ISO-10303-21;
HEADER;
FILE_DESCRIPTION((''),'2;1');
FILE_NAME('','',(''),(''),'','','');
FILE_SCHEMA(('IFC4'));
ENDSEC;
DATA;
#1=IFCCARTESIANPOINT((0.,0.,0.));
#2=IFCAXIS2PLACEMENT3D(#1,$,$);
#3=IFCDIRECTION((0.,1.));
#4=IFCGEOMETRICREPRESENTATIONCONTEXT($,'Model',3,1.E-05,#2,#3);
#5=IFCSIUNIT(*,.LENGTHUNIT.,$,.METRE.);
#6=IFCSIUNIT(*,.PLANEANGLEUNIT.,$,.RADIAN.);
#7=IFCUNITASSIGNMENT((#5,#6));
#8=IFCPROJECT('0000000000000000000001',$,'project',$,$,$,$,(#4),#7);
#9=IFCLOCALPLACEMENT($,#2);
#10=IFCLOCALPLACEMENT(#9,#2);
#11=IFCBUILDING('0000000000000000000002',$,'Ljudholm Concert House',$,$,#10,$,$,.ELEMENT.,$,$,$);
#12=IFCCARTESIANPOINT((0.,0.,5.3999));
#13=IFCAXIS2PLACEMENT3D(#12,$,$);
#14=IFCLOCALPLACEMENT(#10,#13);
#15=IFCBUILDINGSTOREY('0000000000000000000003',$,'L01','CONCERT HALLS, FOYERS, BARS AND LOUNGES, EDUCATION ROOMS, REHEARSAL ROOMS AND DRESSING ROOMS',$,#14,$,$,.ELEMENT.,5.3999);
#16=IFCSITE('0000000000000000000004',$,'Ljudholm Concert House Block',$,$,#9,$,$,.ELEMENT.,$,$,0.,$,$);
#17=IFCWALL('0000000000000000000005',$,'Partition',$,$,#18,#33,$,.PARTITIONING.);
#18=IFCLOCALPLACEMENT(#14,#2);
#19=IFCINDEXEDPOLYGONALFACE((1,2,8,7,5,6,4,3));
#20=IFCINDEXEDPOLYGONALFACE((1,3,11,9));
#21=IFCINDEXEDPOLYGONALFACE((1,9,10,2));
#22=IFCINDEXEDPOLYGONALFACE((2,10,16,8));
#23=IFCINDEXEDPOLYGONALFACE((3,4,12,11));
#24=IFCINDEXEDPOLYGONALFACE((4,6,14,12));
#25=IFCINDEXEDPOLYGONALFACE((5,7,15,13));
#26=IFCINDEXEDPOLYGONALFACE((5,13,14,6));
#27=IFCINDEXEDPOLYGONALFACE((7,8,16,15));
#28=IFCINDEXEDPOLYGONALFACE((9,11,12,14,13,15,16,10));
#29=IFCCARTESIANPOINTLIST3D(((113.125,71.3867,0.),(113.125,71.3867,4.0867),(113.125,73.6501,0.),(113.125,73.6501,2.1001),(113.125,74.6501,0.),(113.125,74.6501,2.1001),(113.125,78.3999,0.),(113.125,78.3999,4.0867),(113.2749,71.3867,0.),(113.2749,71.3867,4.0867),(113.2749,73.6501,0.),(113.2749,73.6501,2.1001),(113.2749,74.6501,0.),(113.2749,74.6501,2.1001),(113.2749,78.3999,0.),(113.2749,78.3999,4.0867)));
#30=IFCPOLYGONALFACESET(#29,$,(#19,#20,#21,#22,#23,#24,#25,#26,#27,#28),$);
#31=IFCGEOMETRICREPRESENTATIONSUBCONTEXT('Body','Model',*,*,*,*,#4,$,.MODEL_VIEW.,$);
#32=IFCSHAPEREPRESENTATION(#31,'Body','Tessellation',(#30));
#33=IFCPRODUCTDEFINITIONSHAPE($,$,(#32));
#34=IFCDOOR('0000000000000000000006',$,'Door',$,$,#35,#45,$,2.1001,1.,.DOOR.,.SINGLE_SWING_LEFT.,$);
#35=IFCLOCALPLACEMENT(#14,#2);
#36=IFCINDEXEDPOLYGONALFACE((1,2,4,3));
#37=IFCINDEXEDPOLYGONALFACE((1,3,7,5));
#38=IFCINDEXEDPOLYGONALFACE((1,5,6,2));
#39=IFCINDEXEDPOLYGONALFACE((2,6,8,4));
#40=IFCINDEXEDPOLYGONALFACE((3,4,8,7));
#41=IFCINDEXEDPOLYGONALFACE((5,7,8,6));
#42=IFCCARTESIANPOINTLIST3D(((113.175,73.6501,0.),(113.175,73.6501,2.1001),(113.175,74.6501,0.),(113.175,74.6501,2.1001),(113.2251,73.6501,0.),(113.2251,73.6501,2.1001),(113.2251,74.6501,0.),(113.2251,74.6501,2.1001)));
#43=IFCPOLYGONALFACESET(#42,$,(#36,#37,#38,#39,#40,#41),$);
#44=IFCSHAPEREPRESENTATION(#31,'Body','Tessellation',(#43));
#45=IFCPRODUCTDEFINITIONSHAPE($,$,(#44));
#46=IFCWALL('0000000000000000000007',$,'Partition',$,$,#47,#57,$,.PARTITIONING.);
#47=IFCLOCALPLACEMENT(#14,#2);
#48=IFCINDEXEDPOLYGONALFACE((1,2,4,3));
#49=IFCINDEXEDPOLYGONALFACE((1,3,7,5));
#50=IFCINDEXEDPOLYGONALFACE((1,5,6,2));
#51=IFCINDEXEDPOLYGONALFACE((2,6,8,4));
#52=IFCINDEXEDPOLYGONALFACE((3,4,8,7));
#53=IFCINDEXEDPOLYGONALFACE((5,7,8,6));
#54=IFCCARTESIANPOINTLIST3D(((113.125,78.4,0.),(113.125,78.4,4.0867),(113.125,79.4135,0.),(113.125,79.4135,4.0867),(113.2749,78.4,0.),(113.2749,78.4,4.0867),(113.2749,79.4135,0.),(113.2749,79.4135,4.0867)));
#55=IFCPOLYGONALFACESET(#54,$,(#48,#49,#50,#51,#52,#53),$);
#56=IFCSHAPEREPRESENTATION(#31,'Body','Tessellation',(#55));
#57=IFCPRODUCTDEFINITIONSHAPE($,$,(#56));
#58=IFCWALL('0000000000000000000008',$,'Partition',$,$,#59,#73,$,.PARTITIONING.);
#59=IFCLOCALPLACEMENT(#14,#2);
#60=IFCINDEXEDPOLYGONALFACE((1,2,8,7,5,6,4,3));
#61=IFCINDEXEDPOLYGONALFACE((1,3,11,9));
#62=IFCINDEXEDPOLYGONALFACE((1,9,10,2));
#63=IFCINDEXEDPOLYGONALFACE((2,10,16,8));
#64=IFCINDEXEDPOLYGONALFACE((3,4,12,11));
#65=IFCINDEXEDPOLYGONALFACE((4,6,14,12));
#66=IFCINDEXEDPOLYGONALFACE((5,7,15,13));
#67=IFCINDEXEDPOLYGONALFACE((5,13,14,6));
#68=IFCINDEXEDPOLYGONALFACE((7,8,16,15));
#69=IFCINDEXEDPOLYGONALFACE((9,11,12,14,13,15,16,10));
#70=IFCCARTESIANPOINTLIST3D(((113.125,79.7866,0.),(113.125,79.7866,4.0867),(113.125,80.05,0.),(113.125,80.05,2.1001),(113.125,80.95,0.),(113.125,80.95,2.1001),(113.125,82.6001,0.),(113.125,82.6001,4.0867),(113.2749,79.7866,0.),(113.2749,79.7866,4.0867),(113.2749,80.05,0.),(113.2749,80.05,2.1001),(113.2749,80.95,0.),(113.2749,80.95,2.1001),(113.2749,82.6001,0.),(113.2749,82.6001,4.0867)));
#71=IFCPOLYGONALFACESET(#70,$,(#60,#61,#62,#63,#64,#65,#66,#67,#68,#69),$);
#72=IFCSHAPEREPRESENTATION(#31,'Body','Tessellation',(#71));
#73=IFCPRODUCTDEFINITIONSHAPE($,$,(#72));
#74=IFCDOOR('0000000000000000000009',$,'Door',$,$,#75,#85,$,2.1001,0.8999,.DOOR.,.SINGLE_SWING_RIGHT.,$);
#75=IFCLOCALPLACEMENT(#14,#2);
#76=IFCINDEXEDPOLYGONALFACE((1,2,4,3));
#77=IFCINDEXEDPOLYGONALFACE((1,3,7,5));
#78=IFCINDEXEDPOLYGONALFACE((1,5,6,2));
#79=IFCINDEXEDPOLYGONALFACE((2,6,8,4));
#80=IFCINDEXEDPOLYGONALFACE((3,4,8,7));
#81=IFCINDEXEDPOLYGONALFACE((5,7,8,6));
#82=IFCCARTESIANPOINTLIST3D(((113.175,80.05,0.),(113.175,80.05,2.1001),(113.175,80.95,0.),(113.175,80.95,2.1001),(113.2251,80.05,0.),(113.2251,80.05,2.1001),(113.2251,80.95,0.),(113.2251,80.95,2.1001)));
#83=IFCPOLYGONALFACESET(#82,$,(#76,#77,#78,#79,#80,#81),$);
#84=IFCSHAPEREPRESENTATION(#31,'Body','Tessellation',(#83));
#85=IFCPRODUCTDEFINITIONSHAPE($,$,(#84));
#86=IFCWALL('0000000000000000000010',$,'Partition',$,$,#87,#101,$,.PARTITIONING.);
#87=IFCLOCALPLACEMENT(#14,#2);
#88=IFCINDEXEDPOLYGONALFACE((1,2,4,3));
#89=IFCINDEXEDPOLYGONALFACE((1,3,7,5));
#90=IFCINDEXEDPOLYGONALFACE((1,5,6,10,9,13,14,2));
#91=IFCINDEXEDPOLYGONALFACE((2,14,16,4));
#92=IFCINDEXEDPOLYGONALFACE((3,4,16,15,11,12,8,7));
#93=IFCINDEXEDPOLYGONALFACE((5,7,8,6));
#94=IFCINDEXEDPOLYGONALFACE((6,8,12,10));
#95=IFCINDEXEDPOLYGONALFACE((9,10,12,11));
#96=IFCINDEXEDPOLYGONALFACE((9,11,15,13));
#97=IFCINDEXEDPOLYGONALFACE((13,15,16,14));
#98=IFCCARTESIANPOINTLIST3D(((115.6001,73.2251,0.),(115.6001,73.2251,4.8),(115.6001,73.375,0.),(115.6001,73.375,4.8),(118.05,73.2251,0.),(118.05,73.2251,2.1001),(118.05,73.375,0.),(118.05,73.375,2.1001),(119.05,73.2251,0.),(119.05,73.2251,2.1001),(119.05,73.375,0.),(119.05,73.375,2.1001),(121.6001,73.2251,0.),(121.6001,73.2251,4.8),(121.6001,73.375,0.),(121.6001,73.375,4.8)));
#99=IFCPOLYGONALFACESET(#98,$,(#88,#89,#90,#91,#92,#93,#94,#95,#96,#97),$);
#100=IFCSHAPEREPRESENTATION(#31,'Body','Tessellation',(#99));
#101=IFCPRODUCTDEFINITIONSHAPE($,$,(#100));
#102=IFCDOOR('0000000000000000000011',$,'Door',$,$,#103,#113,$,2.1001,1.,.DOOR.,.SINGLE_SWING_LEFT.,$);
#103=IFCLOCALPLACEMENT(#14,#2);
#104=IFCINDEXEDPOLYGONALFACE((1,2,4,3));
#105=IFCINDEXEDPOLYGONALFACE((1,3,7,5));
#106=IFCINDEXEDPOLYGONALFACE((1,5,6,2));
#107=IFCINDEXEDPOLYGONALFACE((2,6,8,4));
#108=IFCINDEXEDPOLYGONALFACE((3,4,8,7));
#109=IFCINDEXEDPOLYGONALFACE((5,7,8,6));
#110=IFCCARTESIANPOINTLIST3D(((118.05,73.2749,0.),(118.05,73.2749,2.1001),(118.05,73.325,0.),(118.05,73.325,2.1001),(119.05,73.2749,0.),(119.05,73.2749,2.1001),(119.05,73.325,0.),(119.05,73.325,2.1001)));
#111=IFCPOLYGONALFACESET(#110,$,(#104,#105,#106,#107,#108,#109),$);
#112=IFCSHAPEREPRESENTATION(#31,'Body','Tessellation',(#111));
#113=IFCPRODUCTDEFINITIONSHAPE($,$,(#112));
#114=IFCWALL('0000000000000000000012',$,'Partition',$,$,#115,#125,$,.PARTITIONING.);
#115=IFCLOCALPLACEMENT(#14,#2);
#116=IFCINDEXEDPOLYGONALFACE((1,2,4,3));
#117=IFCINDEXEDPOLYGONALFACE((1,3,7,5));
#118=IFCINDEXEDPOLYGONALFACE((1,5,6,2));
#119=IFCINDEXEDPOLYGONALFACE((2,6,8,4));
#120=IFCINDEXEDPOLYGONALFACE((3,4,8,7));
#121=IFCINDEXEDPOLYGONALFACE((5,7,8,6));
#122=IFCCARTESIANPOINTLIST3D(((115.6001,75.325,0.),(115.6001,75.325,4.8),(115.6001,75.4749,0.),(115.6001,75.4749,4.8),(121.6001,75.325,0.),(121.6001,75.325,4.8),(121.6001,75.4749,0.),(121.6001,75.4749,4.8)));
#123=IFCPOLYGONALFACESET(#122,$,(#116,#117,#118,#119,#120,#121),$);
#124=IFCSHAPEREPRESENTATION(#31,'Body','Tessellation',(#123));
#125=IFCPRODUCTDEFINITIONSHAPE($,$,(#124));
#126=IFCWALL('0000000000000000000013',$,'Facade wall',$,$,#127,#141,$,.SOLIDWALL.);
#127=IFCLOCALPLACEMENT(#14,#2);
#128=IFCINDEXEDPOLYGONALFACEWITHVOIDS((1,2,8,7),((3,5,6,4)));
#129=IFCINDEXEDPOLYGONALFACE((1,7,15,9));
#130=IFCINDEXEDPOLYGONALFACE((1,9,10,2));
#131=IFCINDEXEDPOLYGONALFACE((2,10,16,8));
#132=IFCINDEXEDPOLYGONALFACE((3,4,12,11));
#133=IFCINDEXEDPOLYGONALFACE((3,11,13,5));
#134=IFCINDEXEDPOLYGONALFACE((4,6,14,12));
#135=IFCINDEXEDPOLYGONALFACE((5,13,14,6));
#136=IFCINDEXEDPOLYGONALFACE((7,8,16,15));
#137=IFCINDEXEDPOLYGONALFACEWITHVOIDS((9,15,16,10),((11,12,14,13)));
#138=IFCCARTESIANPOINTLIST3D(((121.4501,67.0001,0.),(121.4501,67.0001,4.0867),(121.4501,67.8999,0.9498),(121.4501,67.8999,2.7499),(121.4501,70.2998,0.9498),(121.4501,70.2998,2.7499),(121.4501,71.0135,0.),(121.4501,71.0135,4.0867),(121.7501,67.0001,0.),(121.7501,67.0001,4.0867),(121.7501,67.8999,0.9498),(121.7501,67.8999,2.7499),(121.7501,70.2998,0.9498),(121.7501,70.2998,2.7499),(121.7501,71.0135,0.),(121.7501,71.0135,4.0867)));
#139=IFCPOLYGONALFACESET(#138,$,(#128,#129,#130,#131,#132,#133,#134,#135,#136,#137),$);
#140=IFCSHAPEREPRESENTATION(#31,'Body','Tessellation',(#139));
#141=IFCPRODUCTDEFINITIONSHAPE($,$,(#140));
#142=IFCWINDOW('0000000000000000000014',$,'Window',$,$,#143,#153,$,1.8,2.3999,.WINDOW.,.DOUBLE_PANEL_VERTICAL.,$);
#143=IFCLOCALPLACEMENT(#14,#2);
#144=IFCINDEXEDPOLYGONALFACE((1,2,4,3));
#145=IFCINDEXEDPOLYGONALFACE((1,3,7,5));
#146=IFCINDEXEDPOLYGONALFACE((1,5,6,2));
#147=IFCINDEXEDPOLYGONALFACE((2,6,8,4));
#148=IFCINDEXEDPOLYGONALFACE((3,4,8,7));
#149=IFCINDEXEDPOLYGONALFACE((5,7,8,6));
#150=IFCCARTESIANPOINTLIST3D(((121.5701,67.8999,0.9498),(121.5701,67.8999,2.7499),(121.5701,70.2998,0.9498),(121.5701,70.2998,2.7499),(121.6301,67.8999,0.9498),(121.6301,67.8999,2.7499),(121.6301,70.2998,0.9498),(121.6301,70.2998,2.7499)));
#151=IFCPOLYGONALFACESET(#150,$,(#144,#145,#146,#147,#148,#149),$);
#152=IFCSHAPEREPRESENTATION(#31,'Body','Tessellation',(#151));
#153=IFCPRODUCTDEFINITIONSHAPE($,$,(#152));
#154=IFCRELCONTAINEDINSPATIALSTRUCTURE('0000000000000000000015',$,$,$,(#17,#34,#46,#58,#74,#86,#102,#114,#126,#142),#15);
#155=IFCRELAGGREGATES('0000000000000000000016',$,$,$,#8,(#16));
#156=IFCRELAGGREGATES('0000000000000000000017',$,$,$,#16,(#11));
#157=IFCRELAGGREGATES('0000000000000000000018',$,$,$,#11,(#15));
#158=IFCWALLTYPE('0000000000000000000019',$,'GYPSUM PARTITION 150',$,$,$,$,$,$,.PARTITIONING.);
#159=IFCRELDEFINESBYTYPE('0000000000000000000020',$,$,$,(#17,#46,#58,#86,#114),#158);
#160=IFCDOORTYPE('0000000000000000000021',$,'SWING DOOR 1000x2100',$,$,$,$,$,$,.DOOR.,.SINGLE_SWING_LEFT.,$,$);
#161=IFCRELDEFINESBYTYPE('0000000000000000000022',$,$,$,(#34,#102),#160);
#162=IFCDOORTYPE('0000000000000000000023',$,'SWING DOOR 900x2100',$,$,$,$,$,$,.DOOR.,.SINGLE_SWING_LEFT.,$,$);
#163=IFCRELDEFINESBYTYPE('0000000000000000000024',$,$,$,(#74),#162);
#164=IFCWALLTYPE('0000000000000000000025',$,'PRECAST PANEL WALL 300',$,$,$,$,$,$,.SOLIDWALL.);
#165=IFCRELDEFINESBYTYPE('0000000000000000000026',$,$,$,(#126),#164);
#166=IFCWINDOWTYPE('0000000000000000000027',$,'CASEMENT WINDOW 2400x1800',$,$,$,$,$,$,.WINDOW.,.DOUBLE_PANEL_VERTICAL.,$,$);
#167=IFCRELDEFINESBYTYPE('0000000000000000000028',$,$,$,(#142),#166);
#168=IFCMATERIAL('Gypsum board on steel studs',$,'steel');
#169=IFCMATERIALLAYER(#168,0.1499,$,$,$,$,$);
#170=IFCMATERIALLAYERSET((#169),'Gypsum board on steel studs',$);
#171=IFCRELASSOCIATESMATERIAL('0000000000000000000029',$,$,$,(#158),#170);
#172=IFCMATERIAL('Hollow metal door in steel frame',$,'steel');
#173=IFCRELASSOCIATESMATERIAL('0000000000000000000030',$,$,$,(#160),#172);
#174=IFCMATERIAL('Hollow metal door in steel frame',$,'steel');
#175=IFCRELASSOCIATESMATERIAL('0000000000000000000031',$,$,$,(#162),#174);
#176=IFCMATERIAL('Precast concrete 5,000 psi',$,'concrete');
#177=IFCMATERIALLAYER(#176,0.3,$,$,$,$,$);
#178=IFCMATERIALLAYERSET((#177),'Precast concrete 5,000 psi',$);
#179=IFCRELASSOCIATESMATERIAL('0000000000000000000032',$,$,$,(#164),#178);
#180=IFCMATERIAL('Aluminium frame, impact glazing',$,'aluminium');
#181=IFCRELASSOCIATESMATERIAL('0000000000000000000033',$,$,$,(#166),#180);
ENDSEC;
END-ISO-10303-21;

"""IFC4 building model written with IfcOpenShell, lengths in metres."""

from ifc_helpers import new_model, si_unit, direction, frame, frame_2d, origin, place, context, subcontext, project, spatial, rectangle, extrude, material, layer, layer_set, type_object, element, fill, save


model = new_model("IFC4")

# Units and contexts
model_context = context("Model", 3, precision=1e-05, world=origin(), true_north=direction((0.0, 1.0)))
body_context = subcontext(model_context, "Body", "Model", "MODEL_VIEW")
ifc_project = project(units=[si_unit("LENGTHUNIT", "METRE"), si_unit("PLANEANGLEUNIT", "RADIAN")], contexts=[model_context])

# Site, building, storey
site_placement = place(None, origin())
site = spatial("IfcSite", under=ifc_project, at=site_placement, Name="Ljudholm Concert House Block", CompositionType="ELEMENT", RefElevation=0.0)
building_placement = place(site_placement, origin())
building = spatial("IfcBuilding", under=site, at=building_placement, Name="Ljudholm Concert House", CompositionType="ELEMENT")
storey_placement = place(building_placement, frame((0.0, 0.0, 5.3999)))
storey = spatial("IfcBuildingStorey", under=building, at=storey_placement, Name="L01", Description="CONCERT HALLS, FOYERS, BARS AND LOUNGES, EDUCATION ROOMS, REHEARSAL ROOMS AND DRESSING ROOMS", CompositionType="ELEMENT", Elevation=5.3999)

# Wall, opening, door
ifc_material_1 = material(Name="Gypsum board on steel studs", Category="steel")
ifc_layer_1 = layer(ifc_material_1, 0.1499)
ifc_layer_set_1 = layer_set([ifc_layer_1], Name="Gypsum board on steel studs")
wall_type_1 = type_object("IfcWallType", Name="GYPSUM PARTITION 150", PredefinedType="PARTITIONING", material=ifc_layer_set_1)
wall_1_placement = place(storey_placement, frame((113.2, 71.3867, 0.0), z_axis=(0.0, 0.0, 1.0), x_axis=(0.0, 1.0, 0.0)))
wall_1 = element("IfcWall", 1, at=wall_1_placement, inside=storey, type_object=wall_type_1, Name="Partition", PredefinedType="PARTITIONING", context=body_context, shape_type="SweptSolid", body=[
    extrude(rectangle(XDim=7.0132, YDim=0.1499, at=frame_2d((3.5066, 0.0))), origin(), (0.0, 0.0, 1.0), 4.0867),
])
opening_1_placement = place(wall_1_placement, frame((2.2634, 0.0, 0.0)))
opening_1 = element("IfcOpeningElement", 2, at=opening_1_placement, cuts=wall_1, PredefinedType="OPENING", context=body_context, shape_type="SweptSolid", body=[
    extrude(rectangle(XDim=1.0, YDim=2.1001, at=frame_2d((0.5, 1.05))), frame((0.0, 0.085, 0.0), z_axis=(0.0, -1.0, 0.0), x_axis=(1.0, 0.0, 0.0)), (0.0, 0.0, 1.0), 0.1699),
])
ifc_material_2 = material(Name="Hollow metal door in steel frame", Category="steel")
door_type_1 = type_object("IfcDoorType", Name="SWING DOOR 1000x2100", OperationType="SINGLE_SWING_LEFT", PredefinedType="DOOR", material=ifc_material_2)
door_1_placement = place(opening_1_placement, origin())
door_1 = element("IfcDoor", 3, at=door_1_placement, inside=storey, type_object=door_type_1, Name="Door", OperationType="SINGLE_SWING_LEFT", OverallHeight=2.1001, OverallWidth=1.0, PredefinedType="DOOR", context=body_context, shape_type="SweptSolid", body=[
    extrude(rectangle(XDim=1.0, YDim=2.1001, at=frame_2d((0.5, 1.05))), frame((0.0, 0.0249, 0.0), z_axis=(0.0, -1.0, 0.0), x_axis=(1.0, 0.0, 0.0)), (0.0, 0.0, 1.0), 0.05),
])
fill(opening_1, door_1)

# Wall
wall_2_placement = place(storey_placement, frame((113.2, 78.3999, 0.0), z_axis=(0.0, 0.0, 1.0), x_axis=(0.0, 1.0, 0.0)))
element("IfcWall", 4, at=wall_2_placement, inside=storey, type_object=wall_type_1, Name="Partition", PredefinedType="PARTITIONING", context=body_context, shape_type="SweptSolid", body=[
    extrude(rectangle(XDim=1.0134, YDim=0.1499, at=frame_2d((0.5068, 0.0))), origin(), (0.0, 0.0, 1.0), 4.0867),
])

# Walls, openings, doors
wall_3_placement = place(storey_placement, frame((113.2, 79.7866, 0.0), z_axis=(0.0, 0.0, 1.0), x_axis=(0.0, 1.0, 0.0)))
wall_3 = element("IfcWall", 5, at=wall_3_placement, inside=storey, type_object=wall_type_1, Name="Partition", PredefinedType="PARTITIONING", context=body_context, shape_type="SweptSolid", body=[
    extrude(rectangle(XDim=2.8135, YDim=0.1499, at=frame_2d((1.4067, 0.0))), origin(), (0.0, 0.0, 1.0), 4.0867),
])
opening_2_placement = place(wall_3_placement, frame((0.2634, 0.0, 0.0)))
opening_2 = element("IfcOpeningElement", 6, at=opening_2_placement, cuts=wall_3, PredefinedType="OPENING", context=body_context, shape_type="SweptSolid", body=[
    extrude(rectangle(XDim=0.8999, YDim=2.1001, at=frame_2d((0.45, 1.05))), frame((0.0, 0.085, 0.0), z_axis=(0.0, -1.0, 0.0), x_axis=(1.0, 0.0, 0.0)), (0.0, 0.0, 1.0), 0.1699),
])
ifc_material_3 = material(Name="Hollow metal door in steel frame", Category="steel")
door_type_2 = type_object("IfcDoorType", Name="SWING DOOR 900x2100", OperationType="SINGLE_SWING_LEFT", PredefinedType="DOOR", material=ifc_material_3)
door_2_placement = place(opening_2_placement, origin())
door_2 = element("IfcDoor", 7, at=door_2_placement, inside=storey, type_object=door_type_2, Name="Door", OperationType="SINGLE_SWING_RIGHT", OverallHeight=2.1001, OverallWidth=0.8999, PredefinedType="DOOR", context=body_context, shape_type="SweptSolid", body=[
    extrude(rectangle(XDim=0.8999, YDim=2.1001, at=frame_2d((0.45, 1.05))), frame((0.0, 0.0249, 0.0), z_axis=(0.0, -1.0, 0.0), x_axis=(1.0, 0.0, 0.0)), (0.0, 0.0, 1.0), 0.05),
])
fill(opening_2, door_2)
wall_4_placement = place(storey_placement, frame((115.6001, 73.3, 0.0), z_axis=(0.0, 0.0, 1.0), x_axis=(1.0, 0.0, 0.0)))
wall_4 = element("IfcWall", 8, at=wall_4_placement, inside=storey, type_object=wall_type_1, Name="Partition", PredefinedType="PARTITIONING", context=body_context, shape_type="SweptSolid", body=[
    extrude(rectangle(XDim=6.0, YDim=0.1499, at=frame_2d((3.0, 0.0))), origin(), (0.0, 0.0, 1.0), 4.8),
])
opening_3_placement = place(wall_4_placement, frame((2.45, 0.0, 0.0)))
opening_3 = element("IfcOpeningElement", 9, at=opening_3_placement, cuts=wall_4, PredefinedType="OPENING", context=body_context, shape_type="SweptSolid", body=[
    extrude(rectangle(XDim=1.0, YDim=2.1001, at=frame_2d((0.5, 1.05))), frame((0.0, 0.085, 0.0), z_axis=(0.0, -1.0, 0.0), x_axis=(1.0, 0.0, 0.0)), (0.0, 0.0, 1.0), 0.1699),
])
door_3_placement = place(opening_3_placement, origin())
door_3 = element("IfcDoor", 10, at=door_3_placement, inside=storey, type_object=door_type_1, Name="Door", OperationType="SINGLE_SWING_LEFT", OverallHeight=2.1001, OverallWidth=1.0, PredefinedType="DOOR", context=body_context, shape_type="SweptSolid", body=[
    extrude(rectangle(XDim=1.0, YDim=2.1001, at=frame_2d((0.5, 1.05))), frame((0.0, 0.0249, 0.0), z_axis=(0.0, -1.0, 0.0), x_axis=(1.0, 0.0, 0.0)), (0.0, 0.0, 1.0), 0.05),
])
fill(opening_3, door_3)

# Wall
wall_5_placement = place(storey_placement, frame((115.6001, 75.3999, 0.0), z_axis=(0.0, 0.0, 1.0), x_axis=(1.0, 0.0, 0.0)))
element("IfcWall", 11, at=wall_5_placement, inside=storey, type_object=wall_type_1, Name="Partition", PredefinedType="PARTITIONING", context=body_context, shape_type="SweptSolid", body=[
    extrude(rectangle(XDim=6.0, YDim=0.1499, at=frame_2d((3.0, 0.0))), origin(), (0.0, 0.0, 1.0), 4.8),
])

# Wall, opening, window
ifc_material_4 = material(Name="Precast concrete 5,000 psi", Category="concrete")
ifc_layer_2 = layer(ifc_material_4, 0.3)
ifc_layer_set_2 = layer_set([ifc_layer_2], Name="Precast concrete 5,000 psi")
wall_type_2 = type_object("IfcWallType", Name="PRECAST PANEL WALL 300", PredefinedType="SOLIDWALL", material=ifc_layer_set_2)
wall_6_placement = place(storey_placement, frame((121.6001, 67.0, 0.0), z_axis=(0.0, 0.0, 1.0), x_axis=(0.0, 1.0, 0.0)))
wall_6 = element("IfcWall", 12, at=wall_6_placement, inside=storey, type_object=wall_type_2, Name="Facade wall", PredefinedType="SOLIDWALL", context=body_context, shape_type="SweptSolid", body=[
    extrude(rectangle(XDim=4.0134, YDim=0.3, at=frame_2d((2.0068, 0.0))), origin(), (0.0, 0.0, 1.0), 4.0867),
])
opening_4_placement = place(wall_6_placement, frame((0.8999, 0.0, 0.95)))
opening_4 = element("IfcOpeningElement", 13, at=opening_4_placement, cuts=wall_6, PredefinedType="OPENING", context=body_context, shape_type="SweptSolid", body=[
    extrude(rectangle(XDim=2.3999, YDim=1.8, at=frame_2d((1.2, 0.8999))), frame((0.0, 0.1599, 0.0), z_axis=(0.0, -1.0, 0.0), x_axis=(1.0, 0.0, 0.0)), (0.0, 0.0, 1.0), 0.3201),
])
ifc_material_5 = material(Name="Aluminium frame, impact glazing", Category="aluminium")
window_type = type_object("IfcWindowType", Name="CASEMENT WINDOW 2400x1800", PartitioningType="DOUBLE_PANEL_VERTICAL", PredefinedType="WINDOW", material=ifc_material_5)
window_1_placement = place(opening_4_placement, origin())
window_1 = element("IfcWindow", 14, at=window_1_placement, inside=storey, type_object=window_type, Name="Window", OverallHeight=1.8, OverallWidth=2.3999, PartitioningType="DOUBLE_PANEL_VERTICAL", PredefinedType="WINDOW", context=body_context, shape_type="SweptSolid", body=[
    extrude(rectangle(XDim=2.3999, YDim=1.8, at=frame_2d((1.2, 0.8999))), frame((0.0, 0.03, 0.0), z_axis=(0.0, -1.0, 0.0), x_axis=(1.0, 0.0, 0.0)), (0.0, 0.0, 1.0), 0.0601),
])
fill(opening_4, window_1)

save(model, "model.ifc")
